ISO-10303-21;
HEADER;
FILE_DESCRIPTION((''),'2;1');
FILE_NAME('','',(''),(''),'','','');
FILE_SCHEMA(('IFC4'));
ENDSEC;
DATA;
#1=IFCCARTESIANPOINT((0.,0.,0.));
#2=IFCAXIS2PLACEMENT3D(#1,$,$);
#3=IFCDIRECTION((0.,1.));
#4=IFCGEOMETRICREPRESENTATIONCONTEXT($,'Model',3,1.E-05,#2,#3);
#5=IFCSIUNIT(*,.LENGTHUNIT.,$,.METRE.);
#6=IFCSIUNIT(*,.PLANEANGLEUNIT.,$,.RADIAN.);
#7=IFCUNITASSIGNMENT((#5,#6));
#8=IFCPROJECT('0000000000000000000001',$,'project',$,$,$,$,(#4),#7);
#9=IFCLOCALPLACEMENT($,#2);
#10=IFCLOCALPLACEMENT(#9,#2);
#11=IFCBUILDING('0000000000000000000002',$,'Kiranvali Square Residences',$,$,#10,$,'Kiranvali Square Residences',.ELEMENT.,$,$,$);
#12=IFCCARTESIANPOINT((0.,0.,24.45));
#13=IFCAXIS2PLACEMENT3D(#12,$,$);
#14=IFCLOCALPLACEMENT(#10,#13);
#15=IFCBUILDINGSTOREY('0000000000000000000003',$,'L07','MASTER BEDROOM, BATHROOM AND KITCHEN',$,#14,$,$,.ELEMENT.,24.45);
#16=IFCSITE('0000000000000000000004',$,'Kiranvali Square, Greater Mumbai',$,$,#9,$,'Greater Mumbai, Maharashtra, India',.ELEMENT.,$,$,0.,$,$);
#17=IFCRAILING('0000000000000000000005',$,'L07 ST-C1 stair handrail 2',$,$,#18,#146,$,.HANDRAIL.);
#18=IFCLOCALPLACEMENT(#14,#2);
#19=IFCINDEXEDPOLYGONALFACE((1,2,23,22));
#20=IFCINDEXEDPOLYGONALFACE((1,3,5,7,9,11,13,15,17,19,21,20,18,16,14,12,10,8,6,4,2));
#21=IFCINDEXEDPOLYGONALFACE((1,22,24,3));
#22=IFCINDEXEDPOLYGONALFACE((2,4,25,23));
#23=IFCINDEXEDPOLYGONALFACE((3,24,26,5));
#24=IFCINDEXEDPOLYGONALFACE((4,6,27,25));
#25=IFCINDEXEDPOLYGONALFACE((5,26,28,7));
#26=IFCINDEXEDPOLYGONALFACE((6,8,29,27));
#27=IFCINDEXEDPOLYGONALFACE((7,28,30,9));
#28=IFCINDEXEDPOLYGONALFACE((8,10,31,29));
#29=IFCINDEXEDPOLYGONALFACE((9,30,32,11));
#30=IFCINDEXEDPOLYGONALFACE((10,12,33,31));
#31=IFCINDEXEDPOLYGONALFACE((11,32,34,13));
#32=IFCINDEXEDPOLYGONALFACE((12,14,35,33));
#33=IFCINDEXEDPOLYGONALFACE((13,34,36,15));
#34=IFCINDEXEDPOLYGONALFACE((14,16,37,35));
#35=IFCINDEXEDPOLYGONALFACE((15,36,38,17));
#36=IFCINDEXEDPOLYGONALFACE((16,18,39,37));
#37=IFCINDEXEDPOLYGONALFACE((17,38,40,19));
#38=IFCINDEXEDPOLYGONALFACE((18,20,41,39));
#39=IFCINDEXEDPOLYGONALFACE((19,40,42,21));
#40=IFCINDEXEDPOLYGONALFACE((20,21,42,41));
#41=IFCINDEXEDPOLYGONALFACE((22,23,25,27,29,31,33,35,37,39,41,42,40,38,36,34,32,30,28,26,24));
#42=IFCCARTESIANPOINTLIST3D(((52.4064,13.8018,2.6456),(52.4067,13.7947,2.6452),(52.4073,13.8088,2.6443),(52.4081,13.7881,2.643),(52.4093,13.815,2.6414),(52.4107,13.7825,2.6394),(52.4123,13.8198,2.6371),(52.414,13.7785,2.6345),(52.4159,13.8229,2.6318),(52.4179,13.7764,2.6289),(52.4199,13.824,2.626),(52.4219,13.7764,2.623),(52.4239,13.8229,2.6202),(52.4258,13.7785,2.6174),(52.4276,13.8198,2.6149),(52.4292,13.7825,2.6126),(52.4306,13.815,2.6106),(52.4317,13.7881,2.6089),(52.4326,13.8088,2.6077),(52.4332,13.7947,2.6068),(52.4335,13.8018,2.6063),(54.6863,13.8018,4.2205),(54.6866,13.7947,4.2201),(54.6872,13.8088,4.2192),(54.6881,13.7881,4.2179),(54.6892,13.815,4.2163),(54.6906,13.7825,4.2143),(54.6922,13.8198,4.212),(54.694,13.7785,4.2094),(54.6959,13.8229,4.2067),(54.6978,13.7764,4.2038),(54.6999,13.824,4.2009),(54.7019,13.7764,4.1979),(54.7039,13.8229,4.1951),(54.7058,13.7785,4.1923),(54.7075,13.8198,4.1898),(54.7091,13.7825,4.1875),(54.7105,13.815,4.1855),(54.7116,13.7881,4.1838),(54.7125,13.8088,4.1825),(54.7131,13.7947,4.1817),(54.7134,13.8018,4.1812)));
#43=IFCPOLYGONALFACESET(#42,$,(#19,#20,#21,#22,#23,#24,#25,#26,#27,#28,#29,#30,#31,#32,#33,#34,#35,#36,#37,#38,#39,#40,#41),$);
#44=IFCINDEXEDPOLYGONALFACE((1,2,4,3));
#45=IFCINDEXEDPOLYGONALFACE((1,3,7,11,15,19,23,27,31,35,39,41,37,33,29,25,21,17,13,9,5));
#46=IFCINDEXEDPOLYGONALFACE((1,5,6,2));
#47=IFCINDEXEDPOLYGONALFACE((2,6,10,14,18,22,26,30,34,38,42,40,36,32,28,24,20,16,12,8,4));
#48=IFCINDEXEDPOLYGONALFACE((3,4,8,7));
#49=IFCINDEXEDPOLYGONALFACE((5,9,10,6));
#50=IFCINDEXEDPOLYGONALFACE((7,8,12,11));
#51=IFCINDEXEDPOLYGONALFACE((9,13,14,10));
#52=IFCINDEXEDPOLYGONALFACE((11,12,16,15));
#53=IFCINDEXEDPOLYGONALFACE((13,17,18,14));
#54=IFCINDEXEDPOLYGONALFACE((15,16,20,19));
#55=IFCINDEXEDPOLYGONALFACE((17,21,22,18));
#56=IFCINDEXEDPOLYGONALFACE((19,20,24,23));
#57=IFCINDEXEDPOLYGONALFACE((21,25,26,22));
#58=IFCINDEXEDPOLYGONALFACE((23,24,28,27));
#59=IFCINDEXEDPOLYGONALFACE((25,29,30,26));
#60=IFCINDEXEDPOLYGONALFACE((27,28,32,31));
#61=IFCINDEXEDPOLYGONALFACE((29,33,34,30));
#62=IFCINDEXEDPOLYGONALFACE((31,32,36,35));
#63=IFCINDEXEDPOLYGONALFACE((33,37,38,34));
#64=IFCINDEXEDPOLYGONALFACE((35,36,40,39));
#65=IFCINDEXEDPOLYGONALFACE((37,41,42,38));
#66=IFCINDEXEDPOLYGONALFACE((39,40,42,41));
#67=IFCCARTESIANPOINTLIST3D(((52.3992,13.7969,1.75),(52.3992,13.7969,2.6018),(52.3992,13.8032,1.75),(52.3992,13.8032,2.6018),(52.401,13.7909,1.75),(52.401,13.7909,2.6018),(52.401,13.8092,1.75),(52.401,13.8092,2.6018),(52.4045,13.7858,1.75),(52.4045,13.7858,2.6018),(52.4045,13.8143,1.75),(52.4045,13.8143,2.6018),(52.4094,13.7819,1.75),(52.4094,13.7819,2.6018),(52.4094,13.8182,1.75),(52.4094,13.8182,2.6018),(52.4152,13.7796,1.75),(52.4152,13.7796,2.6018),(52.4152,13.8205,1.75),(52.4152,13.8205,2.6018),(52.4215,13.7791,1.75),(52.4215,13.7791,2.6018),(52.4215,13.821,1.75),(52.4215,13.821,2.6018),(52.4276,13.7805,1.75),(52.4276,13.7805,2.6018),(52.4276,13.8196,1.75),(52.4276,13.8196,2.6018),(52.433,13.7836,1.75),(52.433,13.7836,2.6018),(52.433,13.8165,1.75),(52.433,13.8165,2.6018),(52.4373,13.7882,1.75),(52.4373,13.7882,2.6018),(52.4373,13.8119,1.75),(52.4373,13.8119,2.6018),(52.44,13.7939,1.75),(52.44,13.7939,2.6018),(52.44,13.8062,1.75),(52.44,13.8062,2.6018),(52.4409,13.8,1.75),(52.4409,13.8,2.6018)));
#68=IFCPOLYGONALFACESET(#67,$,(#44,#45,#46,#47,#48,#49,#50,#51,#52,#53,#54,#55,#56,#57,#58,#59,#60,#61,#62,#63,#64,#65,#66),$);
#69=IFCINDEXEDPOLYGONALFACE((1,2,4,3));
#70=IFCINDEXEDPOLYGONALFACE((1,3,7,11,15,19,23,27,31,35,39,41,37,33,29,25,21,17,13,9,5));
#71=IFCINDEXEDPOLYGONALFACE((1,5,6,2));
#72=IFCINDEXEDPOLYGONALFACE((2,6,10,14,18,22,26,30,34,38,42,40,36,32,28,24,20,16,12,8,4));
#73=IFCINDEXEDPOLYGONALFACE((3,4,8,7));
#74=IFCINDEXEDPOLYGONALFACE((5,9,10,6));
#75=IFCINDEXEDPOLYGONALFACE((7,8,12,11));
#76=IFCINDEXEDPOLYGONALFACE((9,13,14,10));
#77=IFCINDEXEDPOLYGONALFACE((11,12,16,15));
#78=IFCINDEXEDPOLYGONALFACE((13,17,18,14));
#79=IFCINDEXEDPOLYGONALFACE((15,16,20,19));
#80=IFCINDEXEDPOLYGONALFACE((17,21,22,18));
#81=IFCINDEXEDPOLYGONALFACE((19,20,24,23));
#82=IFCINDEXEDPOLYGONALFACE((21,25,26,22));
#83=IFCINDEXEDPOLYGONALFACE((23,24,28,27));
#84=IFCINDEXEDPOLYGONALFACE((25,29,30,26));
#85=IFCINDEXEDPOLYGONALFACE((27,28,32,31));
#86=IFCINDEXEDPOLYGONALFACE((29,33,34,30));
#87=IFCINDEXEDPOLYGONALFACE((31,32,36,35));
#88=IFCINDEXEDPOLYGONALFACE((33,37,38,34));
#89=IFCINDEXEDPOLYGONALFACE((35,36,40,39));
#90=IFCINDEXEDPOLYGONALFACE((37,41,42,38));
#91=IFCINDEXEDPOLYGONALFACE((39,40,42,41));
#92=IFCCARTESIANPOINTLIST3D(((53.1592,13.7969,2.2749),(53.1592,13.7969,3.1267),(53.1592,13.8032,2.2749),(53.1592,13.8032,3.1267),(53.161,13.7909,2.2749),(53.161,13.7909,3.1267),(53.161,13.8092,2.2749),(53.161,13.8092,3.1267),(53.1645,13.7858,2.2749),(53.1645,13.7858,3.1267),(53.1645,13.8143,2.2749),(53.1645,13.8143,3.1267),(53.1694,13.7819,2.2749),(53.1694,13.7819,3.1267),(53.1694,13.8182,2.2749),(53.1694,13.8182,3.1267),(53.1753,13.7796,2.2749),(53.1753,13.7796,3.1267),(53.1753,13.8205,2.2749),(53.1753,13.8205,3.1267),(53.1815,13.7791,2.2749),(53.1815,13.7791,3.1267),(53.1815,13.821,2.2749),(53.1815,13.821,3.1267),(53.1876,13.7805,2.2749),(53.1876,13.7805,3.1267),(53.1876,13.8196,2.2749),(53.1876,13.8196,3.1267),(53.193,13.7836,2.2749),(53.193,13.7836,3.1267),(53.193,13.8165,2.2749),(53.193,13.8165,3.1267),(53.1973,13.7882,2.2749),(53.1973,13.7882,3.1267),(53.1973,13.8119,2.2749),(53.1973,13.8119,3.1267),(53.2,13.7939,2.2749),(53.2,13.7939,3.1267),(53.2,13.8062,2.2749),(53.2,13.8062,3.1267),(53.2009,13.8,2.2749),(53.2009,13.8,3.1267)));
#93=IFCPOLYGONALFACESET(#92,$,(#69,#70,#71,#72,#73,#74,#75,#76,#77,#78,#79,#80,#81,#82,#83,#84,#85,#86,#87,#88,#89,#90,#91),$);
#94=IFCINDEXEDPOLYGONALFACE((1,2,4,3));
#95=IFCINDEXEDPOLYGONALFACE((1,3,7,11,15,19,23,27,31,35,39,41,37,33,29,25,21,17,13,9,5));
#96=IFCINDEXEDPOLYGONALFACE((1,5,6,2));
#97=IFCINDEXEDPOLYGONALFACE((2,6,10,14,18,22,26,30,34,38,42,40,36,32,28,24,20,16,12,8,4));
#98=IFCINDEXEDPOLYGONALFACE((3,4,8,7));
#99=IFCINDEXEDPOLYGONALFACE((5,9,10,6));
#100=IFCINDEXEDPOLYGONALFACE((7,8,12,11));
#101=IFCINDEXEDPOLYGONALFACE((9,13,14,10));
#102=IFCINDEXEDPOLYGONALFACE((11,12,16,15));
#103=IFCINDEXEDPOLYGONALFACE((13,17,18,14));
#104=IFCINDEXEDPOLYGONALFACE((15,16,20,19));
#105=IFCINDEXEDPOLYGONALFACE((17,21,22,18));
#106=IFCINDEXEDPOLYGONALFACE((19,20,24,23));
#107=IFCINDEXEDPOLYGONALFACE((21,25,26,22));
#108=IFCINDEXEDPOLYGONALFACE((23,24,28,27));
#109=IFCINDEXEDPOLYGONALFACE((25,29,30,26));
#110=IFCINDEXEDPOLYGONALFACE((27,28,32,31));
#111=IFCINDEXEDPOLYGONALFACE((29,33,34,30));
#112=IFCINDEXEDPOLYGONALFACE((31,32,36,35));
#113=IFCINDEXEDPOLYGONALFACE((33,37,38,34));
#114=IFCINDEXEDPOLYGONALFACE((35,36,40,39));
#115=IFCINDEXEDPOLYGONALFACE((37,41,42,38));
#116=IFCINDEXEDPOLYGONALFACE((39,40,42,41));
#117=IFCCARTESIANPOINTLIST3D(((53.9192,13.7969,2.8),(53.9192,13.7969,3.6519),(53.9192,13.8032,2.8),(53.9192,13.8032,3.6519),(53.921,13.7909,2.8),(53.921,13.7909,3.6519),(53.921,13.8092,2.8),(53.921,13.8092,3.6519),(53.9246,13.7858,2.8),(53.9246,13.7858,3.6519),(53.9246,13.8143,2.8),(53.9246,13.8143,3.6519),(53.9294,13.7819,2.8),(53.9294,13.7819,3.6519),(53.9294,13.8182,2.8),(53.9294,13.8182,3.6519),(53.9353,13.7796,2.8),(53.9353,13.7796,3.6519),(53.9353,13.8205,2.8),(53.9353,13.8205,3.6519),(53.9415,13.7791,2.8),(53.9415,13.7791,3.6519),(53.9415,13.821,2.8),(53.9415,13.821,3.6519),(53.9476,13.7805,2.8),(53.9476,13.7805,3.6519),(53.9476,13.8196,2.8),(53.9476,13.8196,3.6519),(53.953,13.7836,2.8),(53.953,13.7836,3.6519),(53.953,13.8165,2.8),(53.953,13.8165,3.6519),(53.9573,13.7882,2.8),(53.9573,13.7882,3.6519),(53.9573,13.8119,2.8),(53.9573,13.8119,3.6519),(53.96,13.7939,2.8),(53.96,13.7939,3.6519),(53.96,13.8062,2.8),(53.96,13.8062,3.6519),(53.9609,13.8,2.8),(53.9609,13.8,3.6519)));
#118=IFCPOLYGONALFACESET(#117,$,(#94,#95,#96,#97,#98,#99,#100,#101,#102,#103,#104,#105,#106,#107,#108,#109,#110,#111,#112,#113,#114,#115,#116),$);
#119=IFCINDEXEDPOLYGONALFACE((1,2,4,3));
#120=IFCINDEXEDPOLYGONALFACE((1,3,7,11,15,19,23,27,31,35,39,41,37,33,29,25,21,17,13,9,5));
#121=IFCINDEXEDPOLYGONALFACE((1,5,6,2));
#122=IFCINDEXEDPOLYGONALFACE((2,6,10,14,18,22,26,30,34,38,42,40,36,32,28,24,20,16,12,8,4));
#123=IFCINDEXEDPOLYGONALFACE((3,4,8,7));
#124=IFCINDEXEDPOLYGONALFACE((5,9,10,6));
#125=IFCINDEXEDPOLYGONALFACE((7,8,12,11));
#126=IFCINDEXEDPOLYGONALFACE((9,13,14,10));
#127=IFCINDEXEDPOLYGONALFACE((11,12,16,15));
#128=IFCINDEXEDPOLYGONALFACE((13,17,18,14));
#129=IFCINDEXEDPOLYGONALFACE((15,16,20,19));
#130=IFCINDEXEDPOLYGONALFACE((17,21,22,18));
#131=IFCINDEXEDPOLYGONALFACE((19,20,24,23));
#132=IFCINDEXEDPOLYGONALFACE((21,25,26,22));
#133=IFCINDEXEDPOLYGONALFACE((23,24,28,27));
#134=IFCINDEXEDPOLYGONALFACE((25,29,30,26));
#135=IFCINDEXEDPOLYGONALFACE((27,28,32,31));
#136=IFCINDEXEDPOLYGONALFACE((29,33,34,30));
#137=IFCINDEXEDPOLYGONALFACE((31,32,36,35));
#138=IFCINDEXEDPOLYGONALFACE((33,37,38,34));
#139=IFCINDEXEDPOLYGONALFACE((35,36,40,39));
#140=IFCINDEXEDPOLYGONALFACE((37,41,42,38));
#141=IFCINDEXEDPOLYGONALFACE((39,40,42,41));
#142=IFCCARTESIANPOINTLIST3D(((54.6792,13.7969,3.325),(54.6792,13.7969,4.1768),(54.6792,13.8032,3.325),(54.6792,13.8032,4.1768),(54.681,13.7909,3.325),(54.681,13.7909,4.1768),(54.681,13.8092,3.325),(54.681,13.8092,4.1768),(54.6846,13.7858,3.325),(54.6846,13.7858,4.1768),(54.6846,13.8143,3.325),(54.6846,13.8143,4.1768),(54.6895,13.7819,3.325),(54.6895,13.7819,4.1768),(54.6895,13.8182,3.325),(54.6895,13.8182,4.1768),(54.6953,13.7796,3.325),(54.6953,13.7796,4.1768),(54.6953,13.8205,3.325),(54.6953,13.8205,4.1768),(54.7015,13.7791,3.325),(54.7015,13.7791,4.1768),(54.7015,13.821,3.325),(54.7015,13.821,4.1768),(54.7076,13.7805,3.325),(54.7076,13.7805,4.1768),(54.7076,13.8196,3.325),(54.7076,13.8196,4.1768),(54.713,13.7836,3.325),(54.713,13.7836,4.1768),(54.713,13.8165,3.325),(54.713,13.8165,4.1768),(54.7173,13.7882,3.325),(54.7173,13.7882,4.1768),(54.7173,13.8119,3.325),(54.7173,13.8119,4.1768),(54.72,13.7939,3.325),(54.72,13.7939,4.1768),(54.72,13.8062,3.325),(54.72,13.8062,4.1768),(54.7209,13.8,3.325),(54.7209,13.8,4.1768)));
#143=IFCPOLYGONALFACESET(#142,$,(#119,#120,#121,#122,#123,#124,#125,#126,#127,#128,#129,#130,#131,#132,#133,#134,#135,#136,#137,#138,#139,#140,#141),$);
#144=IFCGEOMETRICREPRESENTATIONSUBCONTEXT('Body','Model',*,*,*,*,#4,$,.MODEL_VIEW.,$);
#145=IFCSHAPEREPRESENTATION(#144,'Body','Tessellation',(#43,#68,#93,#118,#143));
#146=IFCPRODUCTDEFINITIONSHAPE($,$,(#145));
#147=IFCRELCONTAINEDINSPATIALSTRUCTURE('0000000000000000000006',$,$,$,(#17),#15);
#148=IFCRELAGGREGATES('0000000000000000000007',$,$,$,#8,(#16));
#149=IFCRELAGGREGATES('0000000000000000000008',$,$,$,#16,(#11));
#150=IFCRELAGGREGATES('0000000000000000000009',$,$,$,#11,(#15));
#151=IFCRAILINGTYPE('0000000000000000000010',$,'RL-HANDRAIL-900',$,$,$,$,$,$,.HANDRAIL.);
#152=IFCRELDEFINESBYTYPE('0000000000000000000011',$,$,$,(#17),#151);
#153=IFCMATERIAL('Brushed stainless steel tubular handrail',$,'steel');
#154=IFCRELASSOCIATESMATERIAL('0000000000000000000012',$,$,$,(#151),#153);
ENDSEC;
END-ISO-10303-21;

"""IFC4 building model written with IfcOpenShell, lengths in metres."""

from ifc_helpers import new_model, si_unit, direction, frame, origin, origin_2d, place, context, subcontext, project, spatial, circle, extrude, material, type_object, element, save


model = new_model("IFC4")

# Units and contexts
model_context = context("Model", 3, precision=1e-05, world=origin(), true_north=direction((0.0, 1.0)))
body_context = subcontext(model_context, "Body", "Model", "MODEL_VIEW")
ifc_project = project(units=[si_unit("LENGTHUNIT", "METRE"), si_unit("PLANEANGLEUNIT", "RADIAN")], contexts=[model_context])

# Site, building, storey
site_placement = place(None, origin())
site = spatial("IfcSite", under=ifc_project, at=site_placement, Name="Kiranvali Square, Greater Mumbai", LongName="Greater Mumbai, Maharashtra, India", CompositionType="ELEMENT", RefElevation=0.0)
building_placement = place(site_placement, origin())
building = spatial("IfcBuilding", under=site, at=building_placement, Name="Kiranvali Square Residences", LongName="Kiranvali Square Residences", CompositionType="ELEMENT")
storey_placement = place(building_placement, frame((0.0, 0.0, 24.45)))
storey = spatial("IfcBuildingStorey", under=building, at=storey_placement, Name="L07", Description="MASTER BEDROOM, BATHROOM AND KITCHEN", CompositionType="ELEMENT", Elevation=24.45)

# Railing
ifc_material_1 = material(Name="Brushed stainless steel tubular handrail", Category="steel")
railing_type_1 = type_object("IfcRailingType", Name="RL-HANDRAIL-900", PredefinedType="HANDRAIL", material=ifc_material_1)
railing_1_placement = place(storey_placement, frame((52.4199, 13.8, 1.75)))
element("IfcRailing", 1, at=railing_1_placement, inside=storey, type_object=railing_type_1, Name="L07 ST-C1 stair handrail 2", PredefinedType="HANDRAIL", context=body_context, shape_type="SweptSolid", body=[
    extrude(circle(Radius=0.0239, at=origin_2d()), frame((0.0, 0.0, 0.876), z_axis=(0.822788, 0.0, 0.568348), x_axis=(0.0, 1.0, 0.0)), (0.0, 0.0, 1.0), 2.771),
    extrude(circle(Radius=0.021, at=origin_2d()), origin(), (0.0, 0.0, 1.0), 0.8518),
    extrude(circle(Radius=0.021, at=origin_2d()), frame((0.76, 0.0, 0.5249)), (0.0, 0.0, 1.0), 0.8518),
    extrude(circle(Radius=0.021, at=origin_2d()), frame((1.52, 0.0, 1.05)), (0.0, 0.0, 1.0), 0.8518),
    extrude(circle(Radius=0.021, at=origin_2d()), frame((2.28, 0.0, 1.575)), (0.0, 0.0, 1.0), 0.8518),
])

save(model, "model.ifc")
